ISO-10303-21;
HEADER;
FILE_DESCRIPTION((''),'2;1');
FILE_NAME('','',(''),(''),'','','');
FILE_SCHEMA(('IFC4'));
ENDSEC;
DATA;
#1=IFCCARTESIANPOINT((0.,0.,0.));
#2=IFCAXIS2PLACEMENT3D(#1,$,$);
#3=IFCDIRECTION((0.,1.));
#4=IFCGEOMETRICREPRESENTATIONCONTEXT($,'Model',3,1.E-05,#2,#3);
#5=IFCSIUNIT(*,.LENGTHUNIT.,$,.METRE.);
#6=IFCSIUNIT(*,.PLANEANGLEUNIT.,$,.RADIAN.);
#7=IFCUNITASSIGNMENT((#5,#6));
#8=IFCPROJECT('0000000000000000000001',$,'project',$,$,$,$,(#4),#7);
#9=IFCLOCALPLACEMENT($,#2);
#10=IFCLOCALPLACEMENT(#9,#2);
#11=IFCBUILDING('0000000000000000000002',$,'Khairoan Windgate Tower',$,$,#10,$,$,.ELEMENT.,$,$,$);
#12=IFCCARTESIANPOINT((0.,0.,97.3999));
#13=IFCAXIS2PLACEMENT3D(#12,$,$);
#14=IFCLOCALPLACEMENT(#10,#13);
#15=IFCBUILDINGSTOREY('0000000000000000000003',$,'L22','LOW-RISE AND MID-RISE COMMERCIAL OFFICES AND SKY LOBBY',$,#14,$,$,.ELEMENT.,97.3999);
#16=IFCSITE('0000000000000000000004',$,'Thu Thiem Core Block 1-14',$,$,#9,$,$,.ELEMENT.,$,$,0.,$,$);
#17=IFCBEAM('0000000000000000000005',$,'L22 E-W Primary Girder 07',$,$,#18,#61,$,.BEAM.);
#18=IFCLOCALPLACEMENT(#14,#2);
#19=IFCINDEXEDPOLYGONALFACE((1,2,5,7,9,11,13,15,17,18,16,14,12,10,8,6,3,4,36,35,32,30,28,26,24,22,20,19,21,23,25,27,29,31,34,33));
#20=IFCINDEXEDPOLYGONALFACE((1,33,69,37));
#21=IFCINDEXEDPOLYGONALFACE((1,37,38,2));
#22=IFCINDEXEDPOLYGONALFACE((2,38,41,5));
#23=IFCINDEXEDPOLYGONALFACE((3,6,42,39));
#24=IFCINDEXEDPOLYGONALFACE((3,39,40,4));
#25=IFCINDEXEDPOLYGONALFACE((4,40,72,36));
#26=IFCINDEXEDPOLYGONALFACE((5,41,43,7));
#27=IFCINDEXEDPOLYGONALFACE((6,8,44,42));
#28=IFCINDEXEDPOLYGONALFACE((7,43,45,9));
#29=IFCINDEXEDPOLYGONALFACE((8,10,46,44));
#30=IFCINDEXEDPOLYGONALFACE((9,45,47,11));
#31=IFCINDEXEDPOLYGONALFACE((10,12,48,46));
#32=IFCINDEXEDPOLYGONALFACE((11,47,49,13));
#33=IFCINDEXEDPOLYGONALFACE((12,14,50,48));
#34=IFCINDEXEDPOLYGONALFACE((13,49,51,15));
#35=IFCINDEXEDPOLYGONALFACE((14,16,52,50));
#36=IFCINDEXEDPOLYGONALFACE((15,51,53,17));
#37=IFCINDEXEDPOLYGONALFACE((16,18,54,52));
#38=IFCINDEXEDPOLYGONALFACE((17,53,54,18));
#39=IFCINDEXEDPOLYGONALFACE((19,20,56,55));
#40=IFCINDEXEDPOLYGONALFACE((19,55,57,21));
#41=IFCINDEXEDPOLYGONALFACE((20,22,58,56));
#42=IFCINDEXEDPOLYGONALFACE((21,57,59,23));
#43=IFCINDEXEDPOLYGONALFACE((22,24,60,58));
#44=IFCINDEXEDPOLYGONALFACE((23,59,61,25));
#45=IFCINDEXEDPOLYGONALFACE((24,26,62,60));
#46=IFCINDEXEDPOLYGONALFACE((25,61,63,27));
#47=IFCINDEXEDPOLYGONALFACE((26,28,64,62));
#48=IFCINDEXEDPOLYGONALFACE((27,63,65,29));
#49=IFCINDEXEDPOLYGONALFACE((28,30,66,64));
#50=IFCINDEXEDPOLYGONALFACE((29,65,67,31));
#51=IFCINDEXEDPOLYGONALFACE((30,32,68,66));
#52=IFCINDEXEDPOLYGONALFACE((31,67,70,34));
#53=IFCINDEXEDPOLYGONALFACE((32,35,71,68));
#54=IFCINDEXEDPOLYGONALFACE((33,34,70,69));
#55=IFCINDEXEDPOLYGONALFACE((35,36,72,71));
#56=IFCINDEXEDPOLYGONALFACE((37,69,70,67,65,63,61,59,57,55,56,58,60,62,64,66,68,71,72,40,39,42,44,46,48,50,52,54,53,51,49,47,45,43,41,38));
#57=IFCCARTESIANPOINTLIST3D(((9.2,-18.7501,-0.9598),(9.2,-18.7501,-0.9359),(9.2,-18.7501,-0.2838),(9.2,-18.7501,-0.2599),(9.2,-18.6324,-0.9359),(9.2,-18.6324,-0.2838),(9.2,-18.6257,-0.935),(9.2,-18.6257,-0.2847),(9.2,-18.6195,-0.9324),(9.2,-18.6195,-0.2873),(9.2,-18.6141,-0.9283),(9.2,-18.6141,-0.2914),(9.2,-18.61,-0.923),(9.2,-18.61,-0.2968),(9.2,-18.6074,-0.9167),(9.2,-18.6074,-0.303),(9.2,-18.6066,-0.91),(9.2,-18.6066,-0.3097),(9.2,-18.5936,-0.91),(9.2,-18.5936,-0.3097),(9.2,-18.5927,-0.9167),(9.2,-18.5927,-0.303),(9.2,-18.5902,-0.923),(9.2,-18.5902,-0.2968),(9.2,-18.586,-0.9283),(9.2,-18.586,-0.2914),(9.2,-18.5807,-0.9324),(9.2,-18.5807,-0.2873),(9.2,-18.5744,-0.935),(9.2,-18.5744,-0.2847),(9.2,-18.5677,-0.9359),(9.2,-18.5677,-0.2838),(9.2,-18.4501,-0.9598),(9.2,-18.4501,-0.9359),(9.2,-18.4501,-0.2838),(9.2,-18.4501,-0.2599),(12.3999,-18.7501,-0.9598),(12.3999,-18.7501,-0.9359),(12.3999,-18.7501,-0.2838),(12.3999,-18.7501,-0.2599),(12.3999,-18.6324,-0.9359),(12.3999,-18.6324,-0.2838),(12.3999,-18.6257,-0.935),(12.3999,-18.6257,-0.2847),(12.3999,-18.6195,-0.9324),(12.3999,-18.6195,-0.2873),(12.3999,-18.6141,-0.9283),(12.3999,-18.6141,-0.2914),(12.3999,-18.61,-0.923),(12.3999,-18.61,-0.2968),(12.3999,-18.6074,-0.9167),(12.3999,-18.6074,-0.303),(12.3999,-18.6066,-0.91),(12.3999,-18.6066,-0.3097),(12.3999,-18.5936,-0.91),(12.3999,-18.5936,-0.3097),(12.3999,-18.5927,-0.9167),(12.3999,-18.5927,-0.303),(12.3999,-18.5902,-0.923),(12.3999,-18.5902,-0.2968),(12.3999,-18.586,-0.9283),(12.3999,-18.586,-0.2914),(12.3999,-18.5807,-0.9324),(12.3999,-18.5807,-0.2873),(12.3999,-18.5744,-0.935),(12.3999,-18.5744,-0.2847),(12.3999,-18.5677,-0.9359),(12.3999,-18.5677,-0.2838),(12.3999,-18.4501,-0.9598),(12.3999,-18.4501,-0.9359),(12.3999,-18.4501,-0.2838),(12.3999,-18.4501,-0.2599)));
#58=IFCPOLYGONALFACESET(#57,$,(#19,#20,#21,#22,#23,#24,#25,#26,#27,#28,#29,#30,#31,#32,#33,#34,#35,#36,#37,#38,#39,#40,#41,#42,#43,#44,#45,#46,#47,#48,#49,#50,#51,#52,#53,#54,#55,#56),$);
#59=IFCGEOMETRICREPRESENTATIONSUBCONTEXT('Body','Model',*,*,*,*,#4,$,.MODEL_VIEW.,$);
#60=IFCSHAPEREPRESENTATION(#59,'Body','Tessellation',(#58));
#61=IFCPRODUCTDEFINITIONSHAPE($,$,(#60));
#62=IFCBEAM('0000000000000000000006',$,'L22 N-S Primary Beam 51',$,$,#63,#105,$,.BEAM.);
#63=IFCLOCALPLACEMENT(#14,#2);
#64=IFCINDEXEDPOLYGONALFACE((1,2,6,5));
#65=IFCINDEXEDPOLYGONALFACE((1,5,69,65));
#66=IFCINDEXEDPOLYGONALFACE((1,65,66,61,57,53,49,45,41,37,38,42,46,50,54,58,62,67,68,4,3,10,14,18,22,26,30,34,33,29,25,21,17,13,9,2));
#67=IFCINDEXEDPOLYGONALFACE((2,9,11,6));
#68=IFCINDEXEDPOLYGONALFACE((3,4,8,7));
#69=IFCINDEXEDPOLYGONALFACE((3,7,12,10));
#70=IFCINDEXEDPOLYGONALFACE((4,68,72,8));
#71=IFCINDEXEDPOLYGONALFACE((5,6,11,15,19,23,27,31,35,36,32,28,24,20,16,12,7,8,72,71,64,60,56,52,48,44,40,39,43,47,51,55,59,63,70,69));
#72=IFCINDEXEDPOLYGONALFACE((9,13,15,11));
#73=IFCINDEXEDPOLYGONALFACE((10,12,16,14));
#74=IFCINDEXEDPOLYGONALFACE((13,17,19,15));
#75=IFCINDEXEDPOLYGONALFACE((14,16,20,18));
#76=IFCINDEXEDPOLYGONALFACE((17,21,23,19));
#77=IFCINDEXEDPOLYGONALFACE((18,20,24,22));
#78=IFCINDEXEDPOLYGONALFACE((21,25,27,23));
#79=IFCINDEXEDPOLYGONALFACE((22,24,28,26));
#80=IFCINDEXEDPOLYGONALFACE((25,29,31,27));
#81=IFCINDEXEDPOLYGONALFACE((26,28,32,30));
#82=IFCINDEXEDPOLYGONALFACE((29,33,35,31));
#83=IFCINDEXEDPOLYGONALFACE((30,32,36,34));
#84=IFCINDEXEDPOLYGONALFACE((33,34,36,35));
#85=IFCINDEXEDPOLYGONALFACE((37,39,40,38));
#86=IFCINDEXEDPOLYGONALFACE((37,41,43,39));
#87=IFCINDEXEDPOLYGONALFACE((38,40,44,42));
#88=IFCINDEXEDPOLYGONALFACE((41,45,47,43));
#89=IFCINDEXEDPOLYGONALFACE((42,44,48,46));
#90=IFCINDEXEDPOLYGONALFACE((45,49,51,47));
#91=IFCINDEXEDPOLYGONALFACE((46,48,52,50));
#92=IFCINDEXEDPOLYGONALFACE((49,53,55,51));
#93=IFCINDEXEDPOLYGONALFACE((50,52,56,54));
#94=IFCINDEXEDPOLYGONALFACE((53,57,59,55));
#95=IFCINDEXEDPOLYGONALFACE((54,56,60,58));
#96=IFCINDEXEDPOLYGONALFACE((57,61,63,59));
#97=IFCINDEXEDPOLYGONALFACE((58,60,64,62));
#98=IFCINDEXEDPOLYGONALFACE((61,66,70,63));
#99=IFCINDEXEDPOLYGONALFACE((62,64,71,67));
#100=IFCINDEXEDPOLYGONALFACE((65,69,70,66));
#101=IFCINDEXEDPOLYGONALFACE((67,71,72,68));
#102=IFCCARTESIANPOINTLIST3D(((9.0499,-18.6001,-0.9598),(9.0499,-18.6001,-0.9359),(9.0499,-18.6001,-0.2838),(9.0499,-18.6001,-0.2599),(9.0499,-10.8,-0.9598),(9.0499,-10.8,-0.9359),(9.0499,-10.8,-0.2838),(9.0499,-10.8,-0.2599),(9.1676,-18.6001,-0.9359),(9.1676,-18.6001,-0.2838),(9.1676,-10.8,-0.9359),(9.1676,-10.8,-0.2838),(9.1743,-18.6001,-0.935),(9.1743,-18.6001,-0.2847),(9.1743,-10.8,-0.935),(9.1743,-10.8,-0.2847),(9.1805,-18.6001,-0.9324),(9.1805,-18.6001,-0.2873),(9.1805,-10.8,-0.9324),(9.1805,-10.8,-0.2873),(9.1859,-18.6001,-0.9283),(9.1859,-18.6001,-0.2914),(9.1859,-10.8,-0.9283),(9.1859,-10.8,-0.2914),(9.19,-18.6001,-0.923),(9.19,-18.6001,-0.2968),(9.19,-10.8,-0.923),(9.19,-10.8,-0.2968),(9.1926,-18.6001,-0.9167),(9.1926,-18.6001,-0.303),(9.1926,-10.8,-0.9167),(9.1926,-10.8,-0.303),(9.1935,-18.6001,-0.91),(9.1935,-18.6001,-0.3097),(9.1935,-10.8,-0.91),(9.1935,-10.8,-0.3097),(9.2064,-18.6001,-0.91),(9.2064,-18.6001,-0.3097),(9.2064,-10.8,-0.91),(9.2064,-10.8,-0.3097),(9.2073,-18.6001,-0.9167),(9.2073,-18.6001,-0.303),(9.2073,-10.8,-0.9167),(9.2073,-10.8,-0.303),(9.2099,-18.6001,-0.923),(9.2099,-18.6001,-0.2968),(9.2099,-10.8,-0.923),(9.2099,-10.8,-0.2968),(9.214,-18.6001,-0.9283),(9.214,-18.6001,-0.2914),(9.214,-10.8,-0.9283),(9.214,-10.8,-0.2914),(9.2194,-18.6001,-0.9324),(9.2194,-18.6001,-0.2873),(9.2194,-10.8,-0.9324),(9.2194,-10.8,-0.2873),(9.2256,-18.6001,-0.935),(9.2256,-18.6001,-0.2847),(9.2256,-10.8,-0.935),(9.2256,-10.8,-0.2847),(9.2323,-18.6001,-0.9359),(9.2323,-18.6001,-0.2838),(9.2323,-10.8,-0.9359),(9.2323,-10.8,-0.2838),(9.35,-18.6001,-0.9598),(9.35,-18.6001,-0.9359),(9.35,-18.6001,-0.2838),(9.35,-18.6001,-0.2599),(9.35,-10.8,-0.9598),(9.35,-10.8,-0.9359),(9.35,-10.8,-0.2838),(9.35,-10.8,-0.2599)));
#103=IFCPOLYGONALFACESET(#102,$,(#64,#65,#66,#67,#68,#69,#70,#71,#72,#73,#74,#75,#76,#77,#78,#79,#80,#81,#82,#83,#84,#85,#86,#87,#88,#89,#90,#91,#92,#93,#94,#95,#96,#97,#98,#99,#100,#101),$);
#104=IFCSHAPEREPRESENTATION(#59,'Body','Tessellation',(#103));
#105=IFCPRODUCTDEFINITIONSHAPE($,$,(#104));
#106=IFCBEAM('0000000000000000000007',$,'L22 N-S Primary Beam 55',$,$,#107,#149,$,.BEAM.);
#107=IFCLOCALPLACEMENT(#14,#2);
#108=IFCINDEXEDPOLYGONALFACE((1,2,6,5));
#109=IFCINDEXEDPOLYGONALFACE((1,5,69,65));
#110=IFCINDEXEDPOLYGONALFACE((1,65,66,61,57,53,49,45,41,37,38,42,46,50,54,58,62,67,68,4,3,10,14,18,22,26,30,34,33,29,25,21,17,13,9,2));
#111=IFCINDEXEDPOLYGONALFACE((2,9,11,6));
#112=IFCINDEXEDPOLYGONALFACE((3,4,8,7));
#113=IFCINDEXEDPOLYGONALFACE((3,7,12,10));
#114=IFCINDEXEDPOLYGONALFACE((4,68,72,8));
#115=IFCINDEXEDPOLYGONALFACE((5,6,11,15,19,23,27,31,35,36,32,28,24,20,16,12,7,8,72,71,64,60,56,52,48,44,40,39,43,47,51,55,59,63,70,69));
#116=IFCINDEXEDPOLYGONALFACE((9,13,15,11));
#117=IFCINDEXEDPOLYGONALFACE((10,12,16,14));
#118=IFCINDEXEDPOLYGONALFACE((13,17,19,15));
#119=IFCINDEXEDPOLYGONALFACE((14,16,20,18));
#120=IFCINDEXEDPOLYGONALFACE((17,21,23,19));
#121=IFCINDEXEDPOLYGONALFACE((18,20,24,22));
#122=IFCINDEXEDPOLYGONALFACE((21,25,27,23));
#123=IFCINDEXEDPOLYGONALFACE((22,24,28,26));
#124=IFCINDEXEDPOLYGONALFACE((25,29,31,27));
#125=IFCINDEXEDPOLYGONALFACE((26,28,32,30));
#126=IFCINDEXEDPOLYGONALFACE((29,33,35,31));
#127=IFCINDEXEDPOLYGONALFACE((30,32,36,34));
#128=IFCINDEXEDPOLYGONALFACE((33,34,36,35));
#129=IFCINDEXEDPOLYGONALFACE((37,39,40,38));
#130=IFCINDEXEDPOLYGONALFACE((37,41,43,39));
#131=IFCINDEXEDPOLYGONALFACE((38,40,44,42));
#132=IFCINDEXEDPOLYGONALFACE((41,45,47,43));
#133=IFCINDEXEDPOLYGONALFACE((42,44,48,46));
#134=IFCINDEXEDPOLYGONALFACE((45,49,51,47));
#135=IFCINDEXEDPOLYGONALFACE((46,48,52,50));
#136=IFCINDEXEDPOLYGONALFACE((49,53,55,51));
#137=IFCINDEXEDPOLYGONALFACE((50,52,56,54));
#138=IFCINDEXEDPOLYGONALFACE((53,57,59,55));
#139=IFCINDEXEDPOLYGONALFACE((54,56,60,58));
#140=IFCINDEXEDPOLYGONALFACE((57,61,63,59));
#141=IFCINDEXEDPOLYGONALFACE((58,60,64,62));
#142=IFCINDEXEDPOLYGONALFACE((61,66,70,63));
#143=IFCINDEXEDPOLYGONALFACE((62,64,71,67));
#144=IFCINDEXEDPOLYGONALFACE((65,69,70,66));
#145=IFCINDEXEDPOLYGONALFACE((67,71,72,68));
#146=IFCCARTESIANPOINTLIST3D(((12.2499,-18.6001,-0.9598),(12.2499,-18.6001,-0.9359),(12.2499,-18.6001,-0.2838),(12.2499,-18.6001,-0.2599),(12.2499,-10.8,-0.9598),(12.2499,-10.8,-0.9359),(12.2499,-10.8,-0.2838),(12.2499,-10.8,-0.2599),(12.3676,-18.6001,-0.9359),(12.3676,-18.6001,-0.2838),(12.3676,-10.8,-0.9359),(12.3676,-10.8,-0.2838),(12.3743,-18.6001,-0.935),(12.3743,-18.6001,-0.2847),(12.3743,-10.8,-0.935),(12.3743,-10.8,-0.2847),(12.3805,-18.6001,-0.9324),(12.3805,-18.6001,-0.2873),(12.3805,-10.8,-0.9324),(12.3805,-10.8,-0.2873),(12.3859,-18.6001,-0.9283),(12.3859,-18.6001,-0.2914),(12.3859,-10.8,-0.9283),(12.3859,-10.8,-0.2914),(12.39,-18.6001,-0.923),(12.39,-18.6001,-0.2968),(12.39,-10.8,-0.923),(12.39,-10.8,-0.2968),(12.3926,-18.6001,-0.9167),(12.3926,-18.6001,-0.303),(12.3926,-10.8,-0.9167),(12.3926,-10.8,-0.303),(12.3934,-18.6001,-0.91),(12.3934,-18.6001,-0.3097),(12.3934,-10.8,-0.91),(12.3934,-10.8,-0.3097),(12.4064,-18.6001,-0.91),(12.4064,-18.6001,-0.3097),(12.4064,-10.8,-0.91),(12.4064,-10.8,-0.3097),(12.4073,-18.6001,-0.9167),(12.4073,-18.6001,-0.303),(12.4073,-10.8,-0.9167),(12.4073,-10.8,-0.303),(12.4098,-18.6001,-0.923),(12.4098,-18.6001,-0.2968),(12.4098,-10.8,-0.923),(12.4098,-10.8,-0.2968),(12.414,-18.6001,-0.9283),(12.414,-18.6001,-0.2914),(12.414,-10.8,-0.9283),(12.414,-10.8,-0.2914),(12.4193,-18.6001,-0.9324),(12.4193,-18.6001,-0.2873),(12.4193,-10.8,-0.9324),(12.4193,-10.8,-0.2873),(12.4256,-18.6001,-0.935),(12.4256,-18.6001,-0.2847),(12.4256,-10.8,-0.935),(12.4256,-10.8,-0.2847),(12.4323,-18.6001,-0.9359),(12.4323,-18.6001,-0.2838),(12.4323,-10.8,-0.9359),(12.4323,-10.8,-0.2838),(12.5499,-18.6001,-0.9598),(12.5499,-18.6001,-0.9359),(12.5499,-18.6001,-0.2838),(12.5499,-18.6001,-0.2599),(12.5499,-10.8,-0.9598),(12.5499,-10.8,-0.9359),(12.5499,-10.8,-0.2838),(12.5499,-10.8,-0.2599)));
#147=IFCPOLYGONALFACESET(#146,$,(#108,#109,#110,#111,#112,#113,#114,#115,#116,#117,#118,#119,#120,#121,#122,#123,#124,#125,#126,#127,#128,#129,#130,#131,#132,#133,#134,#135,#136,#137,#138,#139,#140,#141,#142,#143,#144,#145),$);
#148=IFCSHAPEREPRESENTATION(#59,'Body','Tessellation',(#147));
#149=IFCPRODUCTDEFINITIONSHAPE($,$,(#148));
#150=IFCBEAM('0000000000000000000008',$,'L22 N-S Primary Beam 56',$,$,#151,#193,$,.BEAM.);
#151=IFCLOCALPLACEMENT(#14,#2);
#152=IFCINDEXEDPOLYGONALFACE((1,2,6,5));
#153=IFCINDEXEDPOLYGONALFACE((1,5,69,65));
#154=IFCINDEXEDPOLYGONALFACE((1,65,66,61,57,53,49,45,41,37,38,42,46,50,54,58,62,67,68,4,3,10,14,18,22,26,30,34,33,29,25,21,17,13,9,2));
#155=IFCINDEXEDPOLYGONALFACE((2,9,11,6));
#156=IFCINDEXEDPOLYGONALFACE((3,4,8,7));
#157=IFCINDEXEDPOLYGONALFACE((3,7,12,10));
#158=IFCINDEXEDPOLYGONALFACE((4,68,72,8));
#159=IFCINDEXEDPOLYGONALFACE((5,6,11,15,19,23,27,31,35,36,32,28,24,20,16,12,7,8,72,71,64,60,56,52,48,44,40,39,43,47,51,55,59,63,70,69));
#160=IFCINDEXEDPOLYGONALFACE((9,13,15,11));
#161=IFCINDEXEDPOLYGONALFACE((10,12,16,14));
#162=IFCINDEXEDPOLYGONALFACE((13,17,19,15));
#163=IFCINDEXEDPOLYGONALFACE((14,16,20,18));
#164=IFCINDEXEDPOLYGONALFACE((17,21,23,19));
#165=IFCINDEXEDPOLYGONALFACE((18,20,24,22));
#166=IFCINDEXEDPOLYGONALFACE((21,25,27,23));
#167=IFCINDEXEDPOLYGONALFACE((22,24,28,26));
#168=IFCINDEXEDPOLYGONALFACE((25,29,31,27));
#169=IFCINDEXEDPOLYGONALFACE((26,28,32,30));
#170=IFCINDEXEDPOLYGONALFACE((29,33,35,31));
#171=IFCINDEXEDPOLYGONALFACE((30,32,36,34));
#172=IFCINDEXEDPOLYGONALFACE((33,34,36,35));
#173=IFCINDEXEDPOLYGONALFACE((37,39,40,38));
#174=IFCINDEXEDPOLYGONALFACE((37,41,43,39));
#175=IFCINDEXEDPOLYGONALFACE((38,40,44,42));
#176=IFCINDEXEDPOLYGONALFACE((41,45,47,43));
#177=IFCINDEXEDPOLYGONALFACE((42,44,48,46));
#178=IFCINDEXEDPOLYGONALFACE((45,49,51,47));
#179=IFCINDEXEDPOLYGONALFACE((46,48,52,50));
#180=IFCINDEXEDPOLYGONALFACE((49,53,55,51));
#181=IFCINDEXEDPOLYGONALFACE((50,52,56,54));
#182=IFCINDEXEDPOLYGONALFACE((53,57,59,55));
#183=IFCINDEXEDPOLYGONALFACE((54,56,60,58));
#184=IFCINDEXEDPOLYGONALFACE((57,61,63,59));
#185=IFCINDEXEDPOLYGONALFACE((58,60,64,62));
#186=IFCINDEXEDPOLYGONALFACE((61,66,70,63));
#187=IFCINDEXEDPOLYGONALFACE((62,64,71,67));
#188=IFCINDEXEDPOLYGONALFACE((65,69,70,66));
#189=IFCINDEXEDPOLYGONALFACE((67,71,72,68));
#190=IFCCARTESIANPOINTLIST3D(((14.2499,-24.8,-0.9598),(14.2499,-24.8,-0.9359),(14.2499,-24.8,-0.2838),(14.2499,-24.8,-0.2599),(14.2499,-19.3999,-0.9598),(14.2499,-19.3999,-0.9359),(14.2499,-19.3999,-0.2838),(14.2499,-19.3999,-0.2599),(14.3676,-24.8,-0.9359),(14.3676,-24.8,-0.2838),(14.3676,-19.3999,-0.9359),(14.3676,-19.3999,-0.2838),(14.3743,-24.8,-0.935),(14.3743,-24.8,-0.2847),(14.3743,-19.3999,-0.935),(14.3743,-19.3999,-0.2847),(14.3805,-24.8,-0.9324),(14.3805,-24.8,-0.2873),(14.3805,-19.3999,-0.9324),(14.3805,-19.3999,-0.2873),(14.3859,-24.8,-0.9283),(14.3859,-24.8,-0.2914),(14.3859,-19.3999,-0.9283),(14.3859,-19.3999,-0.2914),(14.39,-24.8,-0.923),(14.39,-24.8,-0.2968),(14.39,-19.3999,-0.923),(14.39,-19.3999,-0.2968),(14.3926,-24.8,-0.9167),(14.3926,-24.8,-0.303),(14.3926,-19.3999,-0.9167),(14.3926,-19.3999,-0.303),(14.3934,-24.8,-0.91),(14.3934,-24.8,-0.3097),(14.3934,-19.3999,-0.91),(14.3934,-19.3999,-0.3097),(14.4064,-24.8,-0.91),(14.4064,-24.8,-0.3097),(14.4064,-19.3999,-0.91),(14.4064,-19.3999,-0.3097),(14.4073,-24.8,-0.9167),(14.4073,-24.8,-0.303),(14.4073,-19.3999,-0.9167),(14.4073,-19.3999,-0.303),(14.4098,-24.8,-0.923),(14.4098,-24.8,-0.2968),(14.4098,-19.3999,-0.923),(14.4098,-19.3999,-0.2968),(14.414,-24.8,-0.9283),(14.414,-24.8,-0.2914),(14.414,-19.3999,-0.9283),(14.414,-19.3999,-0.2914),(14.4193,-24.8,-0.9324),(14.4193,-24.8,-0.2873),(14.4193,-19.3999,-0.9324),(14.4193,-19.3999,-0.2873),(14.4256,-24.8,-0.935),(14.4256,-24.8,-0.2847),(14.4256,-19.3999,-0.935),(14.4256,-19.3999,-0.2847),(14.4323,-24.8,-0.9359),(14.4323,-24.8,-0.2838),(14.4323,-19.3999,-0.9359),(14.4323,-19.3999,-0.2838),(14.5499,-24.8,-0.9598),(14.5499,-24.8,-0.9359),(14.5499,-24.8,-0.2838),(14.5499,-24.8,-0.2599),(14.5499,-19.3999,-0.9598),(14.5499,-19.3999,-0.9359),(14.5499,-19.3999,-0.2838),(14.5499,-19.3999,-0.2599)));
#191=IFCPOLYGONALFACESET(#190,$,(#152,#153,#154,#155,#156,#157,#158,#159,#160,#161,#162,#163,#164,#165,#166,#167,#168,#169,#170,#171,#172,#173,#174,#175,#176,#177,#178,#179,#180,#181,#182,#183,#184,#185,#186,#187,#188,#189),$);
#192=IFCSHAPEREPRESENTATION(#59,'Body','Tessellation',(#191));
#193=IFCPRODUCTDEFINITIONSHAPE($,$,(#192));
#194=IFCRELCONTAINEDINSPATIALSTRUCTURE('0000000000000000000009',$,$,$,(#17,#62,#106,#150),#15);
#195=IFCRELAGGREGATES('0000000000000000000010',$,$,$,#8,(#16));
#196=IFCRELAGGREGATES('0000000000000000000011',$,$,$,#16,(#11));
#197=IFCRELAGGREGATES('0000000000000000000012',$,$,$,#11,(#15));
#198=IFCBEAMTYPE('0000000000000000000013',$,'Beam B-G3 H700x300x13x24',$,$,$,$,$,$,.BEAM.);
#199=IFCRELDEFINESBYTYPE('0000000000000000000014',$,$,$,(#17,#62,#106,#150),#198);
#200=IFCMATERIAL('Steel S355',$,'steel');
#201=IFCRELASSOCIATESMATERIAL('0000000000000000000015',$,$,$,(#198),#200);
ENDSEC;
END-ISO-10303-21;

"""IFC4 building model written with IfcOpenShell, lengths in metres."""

from ifc_helpers import new_model, si_unit, direction, frame, origin, origin_2d, place, context, subcontext, project, spatial, i_section, extrude, material, material_profile, profile_set, type_object, element, save


model = new_model("IFC4")

# Units and contexts
model_context = context("Model", 3, precision=1e-05, world=origin(), true_north=direction((0.0, 1.0)))
body_context = subcontext(model_context, "Body", "Model", "MODEL_VIEW")
ifc_project = project(units=[si_unit("LENGTHUNIT", "METRE"), si_unit("PLANEANGLEUNIT", "RADIAN")], contexts=[model_context])

# Site, building, storey
site_placement = place(None, origin())
site = spatial("IfcSite", under=ifc_project, at=site_placement, Name="Thu Thiem Core Block 1-14", CompositionType="ELEMENT", RefElevation=0.0)
building_placement = place(site_placement, origin())
building = spatial("IfcBuilding", under=site, at=building_placement, Name="Khairoan Windgate Tower", CompositionType="ELEMENT")
storey_placement = place(building_placement, frame((0.0, 0.0, 97.3999)))
storey = spatial("IfcBuildingStorey", under=building, at=storey_placement, Name="L22", Description="LOW-RISE AND MID-RISE COMMERCIAL OFFICES AND SKY LOBBY", CompositionType="ELEMENT", Elevation=97.3999)

# Beams
ifc_material_1 = material(Name="Steel S355", Category="steel")
ifc_material_profile_1 = material_profile(ifc_material_1, i_section(OverallWidth=0.3, OverallDepth=0.7, WebThickness=0.0129, FlangeThickness=0.0239, FilletRadius=0.0259, at=origin_2d()))
ifc_profile_set_1 = profile_set([ifc_material_profile_1], Name="Steel S355")
beam_type = type_object("IfcBeamType", Name="Beam B-G3 H700x300x13x24", PredefinedType="BEAM", material=ifc_profile_set_1)
beam_1_placement = place(storey_placement, frame((9.2, -18.6001, -0.6099), z_axis=(1.0, 0.0, 0.0), x_axis=(0.0, 1.0, 0.0)))
element("IfcBeam", 1, at=beam_1_placement, inside=storey, type_object=beam_type, Name="L22 E-W Primary Girder 07", PredefinedType="BEAM", context=body_context, shape_type="SweptSolid", body=[
    extrude(i_section(OverallWidth=0.3, OverallDepth=0.7, WebThickness=0.0129, FlangeThickness=0.0239, FilletRadius=0.0259, at=origin_2d()), origin(), (0.0, 0.0, 1.0), 3.2),
])
for number, where, z_axis, x_axis, name in (
    (2, (9.2, -18.6001, -0.6099), (0.0, 1.0, 0.0), (-1.0, 0.0, 0.0), "L22 N-S Primary Beam 51"),
    (3, (12.3999, -18.6001, -0.6099), (0.0, 1.0, 0.0), (-1.0, 0.0, 0.0), "L22 N-S Primary Beam 55"),
):
    element("IfcBeam", number, at=place(storey_placement, frame(where, z_axis=z_axis, x_axis=x_axis)), inside=storey, type_object=beam_type, Name=name, PredefinedType="BEAM", context=body_context, shape_type="SweptSolid", body=[
        extrude(i_section(OverallWidth=0.3, OverallDepth=0.7, WebThickness=0.0129, FlangeThickness=0.0239, FilletRadius=0.0259, at=origin_2d()), origin(), (0.0, 0.0, 1.0), 7.8),
    ])
beam_2_placement = place(storey_placement, frame((14.3999, -24.8, -0.6099), z_axis=(0.0, 1.0, 0.0), x_axis=(-1.0, 0.0, 0.0)))
element("IfcBeam", 4, at=beam_2_placement, inside=storey, type_object=beam_type, Name="L22 N-S Primary Beam 56", PredefinedType="BEAM", context=body_context, shape_type="SweptSolid", body=[
    extrude(i_section(OverallWidth=0.3, OverallDepth=0.7, WebThickness=0.0129, FlangeThickness=0.0239, FilletRadius=0.0259, at=origin_2d()), origin(), (0.0, 0.0, 1.0), 5.4001),
])

save(model, "model.ifc")
